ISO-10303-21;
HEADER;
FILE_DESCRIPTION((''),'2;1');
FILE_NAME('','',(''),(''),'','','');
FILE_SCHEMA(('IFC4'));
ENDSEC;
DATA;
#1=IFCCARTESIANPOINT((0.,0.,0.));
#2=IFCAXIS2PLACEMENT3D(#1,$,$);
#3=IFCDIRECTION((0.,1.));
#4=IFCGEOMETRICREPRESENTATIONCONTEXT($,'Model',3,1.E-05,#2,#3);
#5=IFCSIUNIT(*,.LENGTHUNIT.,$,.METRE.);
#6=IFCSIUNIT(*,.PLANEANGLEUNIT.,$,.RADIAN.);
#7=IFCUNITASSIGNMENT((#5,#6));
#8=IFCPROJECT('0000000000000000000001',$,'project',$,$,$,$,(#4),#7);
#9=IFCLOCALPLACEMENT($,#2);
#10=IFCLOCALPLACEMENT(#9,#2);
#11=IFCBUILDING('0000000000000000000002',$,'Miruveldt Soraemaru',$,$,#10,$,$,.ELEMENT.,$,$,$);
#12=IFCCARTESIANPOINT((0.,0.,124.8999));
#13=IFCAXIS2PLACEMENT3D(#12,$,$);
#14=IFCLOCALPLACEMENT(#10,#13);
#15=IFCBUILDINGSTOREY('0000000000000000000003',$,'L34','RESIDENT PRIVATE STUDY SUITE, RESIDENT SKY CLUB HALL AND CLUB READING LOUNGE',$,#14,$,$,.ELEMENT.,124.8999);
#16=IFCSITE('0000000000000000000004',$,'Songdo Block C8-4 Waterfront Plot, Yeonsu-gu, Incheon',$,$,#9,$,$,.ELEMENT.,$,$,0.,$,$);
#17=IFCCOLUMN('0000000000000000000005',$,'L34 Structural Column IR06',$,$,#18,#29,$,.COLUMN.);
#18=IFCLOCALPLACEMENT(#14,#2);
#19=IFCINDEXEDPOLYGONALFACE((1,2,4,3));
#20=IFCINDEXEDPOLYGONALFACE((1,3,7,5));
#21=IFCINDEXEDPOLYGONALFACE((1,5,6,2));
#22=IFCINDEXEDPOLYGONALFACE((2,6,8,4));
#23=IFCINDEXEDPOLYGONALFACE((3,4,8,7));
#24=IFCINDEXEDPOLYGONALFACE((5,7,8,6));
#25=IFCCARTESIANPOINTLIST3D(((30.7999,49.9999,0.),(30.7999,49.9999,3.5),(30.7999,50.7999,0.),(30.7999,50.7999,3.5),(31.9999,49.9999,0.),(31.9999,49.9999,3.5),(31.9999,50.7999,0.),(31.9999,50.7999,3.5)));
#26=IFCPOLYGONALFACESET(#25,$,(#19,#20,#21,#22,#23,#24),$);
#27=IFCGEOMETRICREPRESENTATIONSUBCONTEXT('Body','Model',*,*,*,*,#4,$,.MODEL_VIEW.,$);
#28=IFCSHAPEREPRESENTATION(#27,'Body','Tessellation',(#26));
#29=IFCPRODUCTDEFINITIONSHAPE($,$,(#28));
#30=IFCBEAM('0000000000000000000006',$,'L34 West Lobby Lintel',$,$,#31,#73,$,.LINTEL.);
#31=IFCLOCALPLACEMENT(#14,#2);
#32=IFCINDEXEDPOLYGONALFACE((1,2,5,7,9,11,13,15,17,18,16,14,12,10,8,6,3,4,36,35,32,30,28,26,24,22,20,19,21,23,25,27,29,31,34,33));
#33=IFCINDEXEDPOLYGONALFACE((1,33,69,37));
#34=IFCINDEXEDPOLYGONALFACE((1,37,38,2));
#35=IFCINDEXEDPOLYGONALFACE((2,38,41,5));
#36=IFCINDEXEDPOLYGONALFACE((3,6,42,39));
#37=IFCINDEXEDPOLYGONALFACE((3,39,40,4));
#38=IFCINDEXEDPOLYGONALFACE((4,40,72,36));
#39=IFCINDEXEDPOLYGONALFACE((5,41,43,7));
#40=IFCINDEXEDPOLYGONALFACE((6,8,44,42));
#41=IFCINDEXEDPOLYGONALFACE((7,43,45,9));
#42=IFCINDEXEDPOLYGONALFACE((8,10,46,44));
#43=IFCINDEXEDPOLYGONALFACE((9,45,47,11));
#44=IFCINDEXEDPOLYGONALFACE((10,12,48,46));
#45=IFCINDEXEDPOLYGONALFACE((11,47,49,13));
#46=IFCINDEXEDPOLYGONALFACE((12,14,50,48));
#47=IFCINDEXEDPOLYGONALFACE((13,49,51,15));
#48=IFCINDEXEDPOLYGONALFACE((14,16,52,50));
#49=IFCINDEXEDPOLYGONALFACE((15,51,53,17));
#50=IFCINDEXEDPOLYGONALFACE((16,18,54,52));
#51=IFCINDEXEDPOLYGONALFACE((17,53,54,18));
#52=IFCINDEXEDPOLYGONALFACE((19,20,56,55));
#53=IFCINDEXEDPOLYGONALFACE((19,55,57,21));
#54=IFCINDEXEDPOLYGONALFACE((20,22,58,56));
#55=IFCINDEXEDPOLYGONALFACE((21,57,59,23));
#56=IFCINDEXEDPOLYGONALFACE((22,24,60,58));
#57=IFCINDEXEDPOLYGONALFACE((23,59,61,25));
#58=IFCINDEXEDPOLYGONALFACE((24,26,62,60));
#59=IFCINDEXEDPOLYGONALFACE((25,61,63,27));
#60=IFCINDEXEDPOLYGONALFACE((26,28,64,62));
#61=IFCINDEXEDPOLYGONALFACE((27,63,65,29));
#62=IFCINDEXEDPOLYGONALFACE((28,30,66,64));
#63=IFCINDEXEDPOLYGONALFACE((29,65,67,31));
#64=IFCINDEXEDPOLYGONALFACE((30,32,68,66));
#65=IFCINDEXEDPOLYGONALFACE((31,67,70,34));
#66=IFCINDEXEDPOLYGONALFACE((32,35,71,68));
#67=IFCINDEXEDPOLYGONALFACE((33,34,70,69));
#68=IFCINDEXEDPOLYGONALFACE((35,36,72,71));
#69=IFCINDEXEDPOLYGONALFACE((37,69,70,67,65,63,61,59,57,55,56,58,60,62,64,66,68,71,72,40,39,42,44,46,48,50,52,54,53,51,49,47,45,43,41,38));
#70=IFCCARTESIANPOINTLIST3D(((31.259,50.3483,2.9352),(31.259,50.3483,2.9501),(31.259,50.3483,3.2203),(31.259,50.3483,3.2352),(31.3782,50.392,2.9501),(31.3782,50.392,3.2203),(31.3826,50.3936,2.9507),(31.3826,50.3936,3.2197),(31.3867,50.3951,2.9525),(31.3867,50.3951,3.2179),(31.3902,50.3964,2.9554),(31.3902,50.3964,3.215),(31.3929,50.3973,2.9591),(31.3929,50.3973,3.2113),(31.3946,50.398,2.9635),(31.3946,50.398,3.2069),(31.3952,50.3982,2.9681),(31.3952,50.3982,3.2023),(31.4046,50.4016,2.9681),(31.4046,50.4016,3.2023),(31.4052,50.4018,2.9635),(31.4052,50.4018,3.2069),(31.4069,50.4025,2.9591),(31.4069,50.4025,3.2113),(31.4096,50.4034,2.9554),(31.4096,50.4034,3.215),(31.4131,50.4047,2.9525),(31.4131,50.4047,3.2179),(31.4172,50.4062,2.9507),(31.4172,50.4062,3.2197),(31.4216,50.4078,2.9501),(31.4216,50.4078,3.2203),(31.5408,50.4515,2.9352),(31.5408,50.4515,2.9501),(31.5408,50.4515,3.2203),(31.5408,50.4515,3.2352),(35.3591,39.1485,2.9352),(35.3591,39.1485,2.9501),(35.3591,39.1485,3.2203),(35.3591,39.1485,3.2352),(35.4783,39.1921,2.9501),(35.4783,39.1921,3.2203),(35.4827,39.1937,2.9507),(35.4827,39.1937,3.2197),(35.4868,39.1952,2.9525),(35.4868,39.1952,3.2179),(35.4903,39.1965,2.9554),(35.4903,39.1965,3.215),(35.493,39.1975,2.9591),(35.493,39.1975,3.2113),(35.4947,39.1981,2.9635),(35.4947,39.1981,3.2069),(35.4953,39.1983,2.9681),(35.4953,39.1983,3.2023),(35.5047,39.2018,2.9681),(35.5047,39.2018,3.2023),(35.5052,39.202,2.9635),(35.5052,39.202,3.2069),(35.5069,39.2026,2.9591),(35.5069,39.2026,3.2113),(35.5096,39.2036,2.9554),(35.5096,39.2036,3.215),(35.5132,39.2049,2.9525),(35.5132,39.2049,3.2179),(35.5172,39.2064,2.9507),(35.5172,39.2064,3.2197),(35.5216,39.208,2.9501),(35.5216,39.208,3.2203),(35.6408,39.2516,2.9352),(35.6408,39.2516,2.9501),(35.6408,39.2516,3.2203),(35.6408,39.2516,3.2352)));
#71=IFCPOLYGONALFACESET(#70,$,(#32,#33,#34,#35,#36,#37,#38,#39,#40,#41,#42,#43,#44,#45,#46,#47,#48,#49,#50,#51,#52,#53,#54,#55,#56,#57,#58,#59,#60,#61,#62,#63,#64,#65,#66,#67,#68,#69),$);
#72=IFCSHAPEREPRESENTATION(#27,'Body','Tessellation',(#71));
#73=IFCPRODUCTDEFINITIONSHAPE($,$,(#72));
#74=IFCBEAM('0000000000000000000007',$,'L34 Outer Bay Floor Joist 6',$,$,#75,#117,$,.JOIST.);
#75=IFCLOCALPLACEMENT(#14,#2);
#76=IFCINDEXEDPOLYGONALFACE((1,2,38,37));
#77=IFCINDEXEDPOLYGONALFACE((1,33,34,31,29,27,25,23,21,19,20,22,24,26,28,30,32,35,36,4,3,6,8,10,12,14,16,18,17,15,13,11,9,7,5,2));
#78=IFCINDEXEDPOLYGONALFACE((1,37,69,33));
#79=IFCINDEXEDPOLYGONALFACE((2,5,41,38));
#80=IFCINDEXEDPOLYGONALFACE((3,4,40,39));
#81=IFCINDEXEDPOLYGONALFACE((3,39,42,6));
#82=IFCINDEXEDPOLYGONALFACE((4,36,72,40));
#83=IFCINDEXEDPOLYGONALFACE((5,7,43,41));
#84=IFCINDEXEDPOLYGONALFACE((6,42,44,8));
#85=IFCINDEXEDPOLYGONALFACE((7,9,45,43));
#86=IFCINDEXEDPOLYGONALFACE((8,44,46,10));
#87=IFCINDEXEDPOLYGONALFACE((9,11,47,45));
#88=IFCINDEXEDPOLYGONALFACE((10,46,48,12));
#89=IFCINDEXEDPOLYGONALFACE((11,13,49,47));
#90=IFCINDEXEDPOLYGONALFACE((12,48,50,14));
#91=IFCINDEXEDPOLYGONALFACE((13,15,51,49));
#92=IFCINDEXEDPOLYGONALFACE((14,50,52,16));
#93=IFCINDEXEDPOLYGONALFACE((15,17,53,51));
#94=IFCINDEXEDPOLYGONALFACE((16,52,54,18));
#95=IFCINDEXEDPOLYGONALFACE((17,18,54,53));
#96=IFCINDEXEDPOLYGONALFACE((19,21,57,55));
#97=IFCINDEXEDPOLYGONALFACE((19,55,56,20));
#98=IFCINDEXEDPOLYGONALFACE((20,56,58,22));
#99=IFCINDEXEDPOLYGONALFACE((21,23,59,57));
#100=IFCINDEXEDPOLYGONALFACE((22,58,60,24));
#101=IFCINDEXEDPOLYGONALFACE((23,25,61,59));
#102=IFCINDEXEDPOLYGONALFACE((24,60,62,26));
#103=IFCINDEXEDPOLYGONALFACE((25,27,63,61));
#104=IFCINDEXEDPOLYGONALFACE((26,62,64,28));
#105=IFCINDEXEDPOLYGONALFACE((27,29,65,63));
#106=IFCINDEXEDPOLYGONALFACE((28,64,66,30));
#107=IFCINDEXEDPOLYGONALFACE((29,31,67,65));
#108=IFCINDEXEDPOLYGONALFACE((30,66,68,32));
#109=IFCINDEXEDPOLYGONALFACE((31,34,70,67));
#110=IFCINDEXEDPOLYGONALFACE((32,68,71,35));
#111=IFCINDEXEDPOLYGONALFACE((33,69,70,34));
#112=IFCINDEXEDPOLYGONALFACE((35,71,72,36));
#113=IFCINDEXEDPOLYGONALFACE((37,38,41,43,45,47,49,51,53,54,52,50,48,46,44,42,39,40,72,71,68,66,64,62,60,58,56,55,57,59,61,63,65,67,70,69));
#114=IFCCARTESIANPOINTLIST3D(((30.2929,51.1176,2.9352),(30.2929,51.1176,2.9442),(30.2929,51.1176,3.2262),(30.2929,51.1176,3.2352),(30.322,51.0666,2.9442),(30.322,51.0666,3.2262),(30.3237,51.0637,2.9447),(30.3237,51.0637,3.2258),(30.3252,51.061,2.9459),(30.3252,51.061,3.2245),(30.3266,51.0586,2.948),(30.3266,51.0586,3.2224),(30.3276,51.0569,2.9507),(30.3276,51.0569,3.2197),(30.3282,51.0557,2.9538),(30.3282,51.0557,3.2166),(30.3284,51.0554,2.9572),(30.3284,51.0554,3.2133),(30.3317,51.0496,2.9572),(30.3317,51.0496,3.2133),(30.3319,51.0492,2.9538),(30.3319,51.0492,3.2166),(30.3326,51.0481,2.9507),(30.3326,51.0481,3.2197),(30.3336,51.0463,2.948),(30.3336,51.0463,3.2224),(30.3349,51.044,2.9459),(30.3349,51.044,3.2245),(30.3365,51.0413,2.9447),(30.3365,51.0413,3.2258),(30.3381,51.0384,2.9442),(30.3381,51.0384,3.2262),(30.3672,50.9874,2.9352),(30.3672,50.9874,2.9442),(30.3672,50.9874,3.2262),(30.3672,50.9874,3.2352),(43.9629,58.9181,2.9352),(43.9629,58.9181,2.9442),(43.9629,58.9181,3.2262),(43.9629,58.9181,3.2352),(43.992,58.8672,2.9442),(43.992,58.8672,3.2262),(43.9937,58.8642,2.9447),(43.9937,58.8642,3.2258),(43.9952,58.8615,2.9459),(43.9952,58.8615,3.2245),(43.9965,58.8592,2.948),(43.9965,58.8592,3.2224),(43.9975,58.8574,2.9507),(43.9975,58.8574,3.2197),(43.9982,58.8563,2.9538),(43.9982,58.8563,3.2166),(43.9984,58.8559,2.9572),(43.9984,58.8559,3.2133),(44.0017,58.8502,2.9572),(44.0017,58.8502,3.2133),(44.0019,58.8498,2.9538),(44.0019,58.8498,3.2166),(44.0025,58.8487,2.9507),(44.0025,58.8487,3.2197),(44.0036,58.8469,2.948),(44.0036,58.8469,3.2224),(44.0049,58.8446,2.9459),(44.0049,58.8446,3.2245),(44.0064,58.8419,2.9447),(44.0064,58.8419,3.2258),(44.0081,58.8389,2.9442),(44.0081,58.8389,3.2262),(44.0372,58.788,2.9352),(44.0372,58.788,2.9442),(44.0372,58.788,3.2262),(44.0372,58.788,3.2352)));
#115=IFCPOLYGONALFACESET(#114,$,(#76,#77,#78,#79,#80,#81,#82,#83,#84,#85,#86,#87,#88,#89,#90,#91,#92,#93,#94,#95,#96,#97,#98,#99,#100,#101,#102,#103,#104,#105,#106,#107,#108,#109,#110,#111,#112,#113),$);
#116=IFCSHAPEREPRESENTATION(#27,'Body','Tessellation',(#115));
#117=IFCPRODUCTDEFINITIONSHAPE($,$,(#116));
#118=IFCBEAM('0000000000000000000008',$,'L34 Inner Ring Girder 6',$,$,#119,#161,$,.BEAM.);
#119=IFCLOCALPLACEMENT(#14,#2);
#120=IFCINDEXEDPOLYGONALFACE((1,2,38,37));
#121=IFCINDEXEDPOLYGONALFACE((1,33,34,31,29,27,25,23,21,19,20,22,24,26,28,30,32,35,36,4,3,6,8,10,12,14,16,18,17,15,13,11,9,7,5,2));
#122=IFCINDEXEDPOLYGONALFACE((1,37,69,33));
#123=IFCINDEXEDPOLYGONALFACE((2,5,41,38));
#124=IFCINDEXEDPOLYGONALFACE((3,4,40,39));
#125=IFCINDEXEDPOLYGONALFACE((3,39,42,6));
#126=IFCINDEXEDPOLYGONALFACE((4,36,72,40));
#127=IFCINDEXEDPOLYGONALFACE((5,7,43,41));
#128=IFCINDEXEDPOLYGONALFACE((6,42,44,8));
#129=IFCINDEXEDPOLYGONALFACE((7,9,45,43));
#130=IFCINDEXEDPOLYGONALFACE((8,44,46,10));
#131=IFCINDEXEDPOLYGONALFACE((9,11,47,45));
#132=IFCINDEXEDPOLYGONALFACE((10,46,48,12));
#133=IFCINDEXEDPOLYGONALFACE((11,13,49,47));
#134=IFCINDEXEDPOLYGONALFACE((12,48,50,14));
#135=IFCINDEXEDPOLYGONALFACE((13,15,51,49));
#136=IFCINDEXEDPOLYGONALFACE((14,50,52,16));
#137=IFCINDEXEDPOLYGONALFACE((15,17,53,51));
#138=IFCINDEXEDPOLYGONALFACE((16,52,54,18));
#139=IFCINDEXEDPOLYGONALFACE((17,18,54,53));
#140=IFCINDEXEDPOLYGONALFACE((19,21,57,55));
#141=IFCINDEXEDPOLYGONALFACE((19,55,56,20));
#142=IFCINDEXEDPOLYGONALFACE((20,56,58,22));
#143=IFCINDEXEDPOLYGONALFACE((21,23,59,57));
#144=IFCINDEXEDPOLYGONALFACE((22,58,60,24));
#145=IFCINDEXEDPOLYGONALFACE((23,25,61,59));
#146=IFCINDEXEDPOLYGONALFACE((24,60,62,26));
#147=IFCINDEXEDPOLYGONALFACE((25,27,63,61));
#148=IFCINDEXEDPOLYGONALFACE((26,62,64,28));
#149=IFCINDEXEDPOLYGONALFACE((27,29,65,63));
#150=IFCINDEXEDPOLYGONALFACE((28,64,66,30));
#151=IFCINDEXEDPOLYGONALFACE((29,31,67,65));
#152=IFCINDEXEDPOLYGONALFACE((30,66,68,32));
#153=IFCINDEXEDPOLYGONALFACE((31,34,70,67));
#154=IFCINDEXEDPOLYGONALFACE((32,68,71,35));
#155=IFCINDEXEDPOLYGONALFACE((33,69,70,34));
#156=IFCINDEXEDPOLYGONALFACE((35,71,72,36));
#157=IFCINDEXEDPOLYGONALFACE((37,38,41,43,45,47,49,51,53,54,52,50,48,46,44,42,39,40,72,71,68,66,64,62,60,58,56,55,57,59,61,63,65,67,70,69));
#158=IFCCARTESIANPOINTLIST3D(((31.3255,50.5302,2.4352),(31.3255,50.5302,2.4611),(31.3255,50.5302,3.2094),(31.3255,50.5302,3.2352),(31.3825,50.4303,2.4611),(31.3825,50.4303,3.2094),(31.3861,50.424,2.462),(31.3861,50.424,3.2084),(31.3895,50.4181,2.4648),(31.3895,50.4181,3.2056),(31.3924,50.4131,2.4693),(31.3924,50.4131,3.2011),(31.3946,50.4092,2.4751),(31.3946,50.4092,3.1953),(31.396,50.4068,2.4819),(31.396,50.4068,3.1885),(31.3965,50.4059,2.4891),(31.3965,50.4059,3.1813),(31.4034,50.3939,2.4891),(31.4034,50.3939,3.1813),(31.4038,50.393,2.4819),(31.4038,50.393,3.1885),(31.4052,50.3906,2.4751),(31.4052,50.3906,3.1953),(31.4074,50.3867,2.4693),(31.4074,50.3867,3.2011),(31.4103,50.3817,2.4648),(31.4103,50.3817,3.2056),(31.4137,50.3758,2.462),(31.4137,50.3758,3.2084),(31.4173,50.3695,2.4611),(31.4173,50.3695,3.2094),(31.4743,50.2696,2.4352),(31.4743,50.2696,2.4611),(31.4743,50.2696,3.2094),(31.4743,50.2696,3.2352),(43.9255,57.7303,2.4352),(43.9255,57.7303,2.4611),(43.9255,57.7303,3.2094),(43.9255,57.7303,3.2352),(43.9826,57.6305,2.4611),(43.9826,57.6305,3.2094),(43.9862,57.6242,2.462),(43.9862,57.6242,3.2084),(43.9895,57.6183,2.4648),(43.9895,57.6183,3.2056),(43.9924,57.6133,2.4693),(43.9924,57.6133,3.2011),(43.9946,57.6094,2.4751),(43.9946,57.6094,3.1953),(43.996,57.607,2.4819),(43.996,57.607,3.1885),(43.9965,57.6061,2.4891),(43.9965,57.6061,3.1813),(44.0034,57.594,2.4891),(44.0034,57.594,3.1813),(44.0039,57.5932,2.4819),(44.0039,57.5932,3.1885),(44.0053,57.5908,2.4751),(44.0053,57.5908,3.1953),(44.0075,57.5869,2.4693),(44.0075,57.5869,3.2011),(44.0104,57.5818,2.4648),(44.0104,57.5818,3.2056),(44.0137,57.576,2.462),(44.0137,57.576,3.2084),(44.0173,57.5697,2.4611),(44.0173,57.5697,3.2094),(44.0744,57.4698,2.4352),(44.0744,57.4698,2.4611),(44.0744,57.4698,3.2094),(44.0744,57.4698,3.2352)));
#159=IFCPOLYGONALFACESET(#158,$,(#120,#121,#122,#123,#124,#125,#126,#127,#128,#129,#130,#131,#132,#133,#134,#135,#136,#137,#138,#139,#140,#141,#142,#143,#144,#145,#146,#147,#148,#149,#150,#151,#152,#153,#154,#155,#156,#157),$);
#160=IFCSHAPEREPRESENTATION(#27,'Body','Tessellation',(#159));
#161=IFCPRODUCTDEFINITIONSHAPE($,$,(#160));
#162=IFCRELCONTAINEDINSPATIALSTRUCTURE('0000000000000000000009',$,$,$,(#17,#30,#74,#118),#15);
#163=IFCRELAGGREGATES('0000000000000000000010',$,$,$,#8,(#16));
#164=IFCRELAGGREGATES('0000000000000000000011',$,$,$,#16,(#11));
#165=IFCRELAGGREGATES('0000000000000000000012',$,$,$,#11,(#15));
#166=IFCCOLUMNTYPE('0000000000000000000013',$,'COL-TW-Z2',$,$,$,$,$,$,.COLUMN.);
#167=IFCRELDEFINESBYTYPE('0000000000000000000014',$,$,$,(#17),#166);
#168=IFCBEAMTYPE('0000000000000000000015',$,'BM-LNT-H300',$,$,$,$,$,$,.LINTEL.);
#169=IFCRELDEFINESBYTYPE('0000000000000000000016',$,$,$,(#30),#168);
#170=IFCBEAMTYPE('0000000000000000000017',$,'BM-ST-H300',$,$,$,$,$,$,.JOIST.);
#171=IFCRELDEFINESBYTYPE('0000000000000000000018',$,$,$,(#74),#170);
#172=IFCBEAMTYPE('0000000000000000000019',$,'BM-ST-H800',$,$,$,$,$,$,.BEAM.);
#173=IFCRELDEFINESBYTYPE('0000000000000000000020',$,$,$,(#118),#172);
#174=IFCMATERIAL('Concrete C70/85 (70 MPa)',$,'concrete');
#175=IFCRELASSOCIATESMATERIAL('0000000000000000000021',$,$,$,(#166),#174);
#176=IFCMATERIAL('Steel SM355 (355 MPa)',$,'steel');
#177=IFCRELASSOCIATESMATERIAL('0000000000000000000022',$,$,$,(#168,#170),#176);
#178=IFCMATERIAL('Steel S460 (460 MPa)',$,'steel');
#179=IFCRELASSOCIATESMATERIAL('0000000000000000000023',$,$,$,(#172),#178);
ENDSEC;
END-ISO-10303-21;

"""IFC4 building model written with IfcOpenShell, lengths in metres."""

from ifc_helpers import new_model, si_unit, direction, frame, origin, origin_2d, place, context, subcontext, project, spatial, rectangle, i_section, extrude, material, material_profile, profile_set, type_object, element, save


model = new_model("IFC4")

# Units and contexts
model_context = context("Model", 3, precision=1e-05, world=origin(), true_north=direction((0.0, 1.0)))
body_context = subcontext(model_context, "Body", "Model", "MODEL_VIEW")
ifc_project = project(units=[si_unit("LENGTHUNIT", "METRE"), si_unit("PLANEANGLEUNIT", "RADIAN")], contexts=[model_context])

# Site, building, storey
site_placement = place(None, origin())
site = spatial("IfcSite", under=ifc_project, at=site_placement, Name="Songdo Block C8-4 Waterfront Plot, Yeonsu-gu, Incheon", CompositionType="ELEMENT", RefElevation=0.0)
building_placement = place(site_placement, origin())
building = spatial("IfcBuilding", under=site, at=building_placement, Name="Miruveldt Soraemaru", CompositionType="ELEMENT")
storey_placement = place(building_placement, frame((0.0, 0.0, 124.8999)))
storey = spatial("IfcBuildingStorey", under=building, at=storey_placement, Name="L34", Description="RESIDENT PRIVATE STUDY SUITE, RESIDENT SKY CLUB HALL AND CLUB READING LOUNGE", CompositionType="ELEMENT", Elevation=124.8999)

# Column
ifc_material_1 = material(Name="Concrete C70/85 (70 MPa)", Category="concrete")
ifc_material_profile_1 = material_profile(ifc_material_1, rectangle(XDim=1.2, YDim=0.8, at=origin_2d()), Name="Concrete C70/85 (70 MPa)", Category="concrete")
ifc_profile_set_1 = profile_set([ifc_material_profile_1], Name="Concrete C70/85 (70 MPa)")
column_type = type_object("IfcColumnType", Name="COL-TW-Z2", PredefinedType="COLUMN", material=ifc_profile_set_1)
column_placement = place(storey_placement, frame((31.3999, 50.3999, 0.0), z_axis=(0.0, 0.0, 1.0), x_axis=(1.0, 0.0, 0.0)))
element("IfcColumn", 1, at=column_placement, inside=storey, type_object=column_type, Name="L34 Structural Column IR06", PredefinedType="COLUMN", context=body_context, shape_type="SweptSolid", body=[
    extrude(rectangle(XDim=1.2, YDim=0.8, at=origin_2d()), origin(), (0.0, 0.0, 1.0), 3.5),
])

# Beams
ifc_material_2 = material(Name="Steel SM355 (355 MPa)", Category="steel")
ifc_material_profile_2 = material_profile(ifc_material_2, i_section(OverallWidth=0.3, OverallDepth=0.3, WebThickness=0.01, FlangeThickness=0.0149, FilletRadius=0.0181, at=origin_2d()), Name="Steel SM355 (355 MPa)", Category="steel")
ifc_profile_set_2 = profile_set([ifc_material_profile_2], Name="Steel SM355 (355 MPa)")
beam_type_1 = type_object("IfcBeamType", Name="BM-LNT-H300", PredefinedType="LINTEL", material=ifc_profile_set_2)
beam_1_placement = place(storey_placement, frame((31.3999, 50.3999, 3.0852), z_axis=(0.34377, -0.939054, 0.0), x_axis=(0.939054, 0.34377, 0.0)))
element("IfcBeam", 2, at=beam_1_placement, inside=storey, type_object=beam_type_1, Name="L34 West Lobby Lintel", PredefinedType="LINTEL", context=body_context, shape_type="SweptSolid", body=[
    extrude(i_section(OverallWidth=0.3, OverallDepth=0.3, WebThickness=0.01, FlangeThickness=0.0149, FilletRadius=0.0181, at=origin_2d()), origin(), (0.0, 0.0, 1.0), 11.9268),
])
ifc_material_profile_3 = material_profile(ifc_material_2, i_section(OverallWidth=0.1499, OverallDepth=0.3, WebThickness=0.0066, FlangeThickness=0.009, FilletRadius=0.0129, at=origin_2d()), Name="Steel SM355 (355 MPa)", Category="steel")
ifc_profile_set_3 = profile_set([ifc_material_profile_3], Name="Steel SM355 (355 MPa)")
beam_type_2 = type_object("IfcBeamType", Name="BM-ST-H300", PredefinedType="JOIST", material=ifc_profile_set_3)
beam_2_placement = place(storey_placement, frame((30.3301, 51.0525, 3.0852), z_axis=(0.86854, 0.495619, 0.0), x_axis=(-0.495619, 0.86854, 0.0)))
element("IfcBeam", 3, at=beam_2_placement, inside=storey, type_object=beam_type_2, Name="L34 Outer Bay Floor Joist 6", PredefinedType="JOIST", context=body_context, shape_type="SweptSolid", body=[
    extrude(i_section(OverallWidth=0.1499, OverallDepth=0.3, WebThickness=0.0066, FlangeThickness=0.009, FilletRadius=0.0129, at=origin_2d()), origin(), (0.0, 0.0, 1.0), 15.739),
])
ifc_material_3 = material(Name="Steel S460 (460 MPa)", Category="steel")
ifc_material_profile_4 = material_profile(ifc_material_3, i_section(OverallWidth=0.3, OverallDepth=0.8, WebThickness=0.0139, FlangeThickness=0.0259, FilletRadius=0.0281, at=origin_2d()), Name="Steel S460 (460 MPa)", Category="steel")
ifc_profile_set_4 = profile_set([ifc_material_profile_4], Name="Steel S460 (460 MPa)")
beam_type_3 = type_object("IfcBeamType", Name="BM-ST-H800", PredefinedType="BEAM", material=ifc_profile_set_4)
beam_3_placement = place(storey_placement, frame((31.3999, 50.3999, 2.8352), z_axis=(0.868239, 0.496146, 0.0), x_axis=(-0.496146, 0.868239, 0.0)))
element("IfcBeam", 4, at=beam_3_placement, inside=storey, type_object=beam_type_3, Name="L34 Inner Ring Girder 6", PredefinedType="BEAM", context=body_context, shape_type="SweptSolid", body=[
    extrude(i_section(OverallWidth=0.3, OverallDepth=0.8, WebThickness=0.0139, FlangeThickness=0.0259, FilletRadius=0.0281, at=origin_2d()), origin(), (0.0, 0.0, 1.0), 14.5122),
])

save(model, "model.ifc")
